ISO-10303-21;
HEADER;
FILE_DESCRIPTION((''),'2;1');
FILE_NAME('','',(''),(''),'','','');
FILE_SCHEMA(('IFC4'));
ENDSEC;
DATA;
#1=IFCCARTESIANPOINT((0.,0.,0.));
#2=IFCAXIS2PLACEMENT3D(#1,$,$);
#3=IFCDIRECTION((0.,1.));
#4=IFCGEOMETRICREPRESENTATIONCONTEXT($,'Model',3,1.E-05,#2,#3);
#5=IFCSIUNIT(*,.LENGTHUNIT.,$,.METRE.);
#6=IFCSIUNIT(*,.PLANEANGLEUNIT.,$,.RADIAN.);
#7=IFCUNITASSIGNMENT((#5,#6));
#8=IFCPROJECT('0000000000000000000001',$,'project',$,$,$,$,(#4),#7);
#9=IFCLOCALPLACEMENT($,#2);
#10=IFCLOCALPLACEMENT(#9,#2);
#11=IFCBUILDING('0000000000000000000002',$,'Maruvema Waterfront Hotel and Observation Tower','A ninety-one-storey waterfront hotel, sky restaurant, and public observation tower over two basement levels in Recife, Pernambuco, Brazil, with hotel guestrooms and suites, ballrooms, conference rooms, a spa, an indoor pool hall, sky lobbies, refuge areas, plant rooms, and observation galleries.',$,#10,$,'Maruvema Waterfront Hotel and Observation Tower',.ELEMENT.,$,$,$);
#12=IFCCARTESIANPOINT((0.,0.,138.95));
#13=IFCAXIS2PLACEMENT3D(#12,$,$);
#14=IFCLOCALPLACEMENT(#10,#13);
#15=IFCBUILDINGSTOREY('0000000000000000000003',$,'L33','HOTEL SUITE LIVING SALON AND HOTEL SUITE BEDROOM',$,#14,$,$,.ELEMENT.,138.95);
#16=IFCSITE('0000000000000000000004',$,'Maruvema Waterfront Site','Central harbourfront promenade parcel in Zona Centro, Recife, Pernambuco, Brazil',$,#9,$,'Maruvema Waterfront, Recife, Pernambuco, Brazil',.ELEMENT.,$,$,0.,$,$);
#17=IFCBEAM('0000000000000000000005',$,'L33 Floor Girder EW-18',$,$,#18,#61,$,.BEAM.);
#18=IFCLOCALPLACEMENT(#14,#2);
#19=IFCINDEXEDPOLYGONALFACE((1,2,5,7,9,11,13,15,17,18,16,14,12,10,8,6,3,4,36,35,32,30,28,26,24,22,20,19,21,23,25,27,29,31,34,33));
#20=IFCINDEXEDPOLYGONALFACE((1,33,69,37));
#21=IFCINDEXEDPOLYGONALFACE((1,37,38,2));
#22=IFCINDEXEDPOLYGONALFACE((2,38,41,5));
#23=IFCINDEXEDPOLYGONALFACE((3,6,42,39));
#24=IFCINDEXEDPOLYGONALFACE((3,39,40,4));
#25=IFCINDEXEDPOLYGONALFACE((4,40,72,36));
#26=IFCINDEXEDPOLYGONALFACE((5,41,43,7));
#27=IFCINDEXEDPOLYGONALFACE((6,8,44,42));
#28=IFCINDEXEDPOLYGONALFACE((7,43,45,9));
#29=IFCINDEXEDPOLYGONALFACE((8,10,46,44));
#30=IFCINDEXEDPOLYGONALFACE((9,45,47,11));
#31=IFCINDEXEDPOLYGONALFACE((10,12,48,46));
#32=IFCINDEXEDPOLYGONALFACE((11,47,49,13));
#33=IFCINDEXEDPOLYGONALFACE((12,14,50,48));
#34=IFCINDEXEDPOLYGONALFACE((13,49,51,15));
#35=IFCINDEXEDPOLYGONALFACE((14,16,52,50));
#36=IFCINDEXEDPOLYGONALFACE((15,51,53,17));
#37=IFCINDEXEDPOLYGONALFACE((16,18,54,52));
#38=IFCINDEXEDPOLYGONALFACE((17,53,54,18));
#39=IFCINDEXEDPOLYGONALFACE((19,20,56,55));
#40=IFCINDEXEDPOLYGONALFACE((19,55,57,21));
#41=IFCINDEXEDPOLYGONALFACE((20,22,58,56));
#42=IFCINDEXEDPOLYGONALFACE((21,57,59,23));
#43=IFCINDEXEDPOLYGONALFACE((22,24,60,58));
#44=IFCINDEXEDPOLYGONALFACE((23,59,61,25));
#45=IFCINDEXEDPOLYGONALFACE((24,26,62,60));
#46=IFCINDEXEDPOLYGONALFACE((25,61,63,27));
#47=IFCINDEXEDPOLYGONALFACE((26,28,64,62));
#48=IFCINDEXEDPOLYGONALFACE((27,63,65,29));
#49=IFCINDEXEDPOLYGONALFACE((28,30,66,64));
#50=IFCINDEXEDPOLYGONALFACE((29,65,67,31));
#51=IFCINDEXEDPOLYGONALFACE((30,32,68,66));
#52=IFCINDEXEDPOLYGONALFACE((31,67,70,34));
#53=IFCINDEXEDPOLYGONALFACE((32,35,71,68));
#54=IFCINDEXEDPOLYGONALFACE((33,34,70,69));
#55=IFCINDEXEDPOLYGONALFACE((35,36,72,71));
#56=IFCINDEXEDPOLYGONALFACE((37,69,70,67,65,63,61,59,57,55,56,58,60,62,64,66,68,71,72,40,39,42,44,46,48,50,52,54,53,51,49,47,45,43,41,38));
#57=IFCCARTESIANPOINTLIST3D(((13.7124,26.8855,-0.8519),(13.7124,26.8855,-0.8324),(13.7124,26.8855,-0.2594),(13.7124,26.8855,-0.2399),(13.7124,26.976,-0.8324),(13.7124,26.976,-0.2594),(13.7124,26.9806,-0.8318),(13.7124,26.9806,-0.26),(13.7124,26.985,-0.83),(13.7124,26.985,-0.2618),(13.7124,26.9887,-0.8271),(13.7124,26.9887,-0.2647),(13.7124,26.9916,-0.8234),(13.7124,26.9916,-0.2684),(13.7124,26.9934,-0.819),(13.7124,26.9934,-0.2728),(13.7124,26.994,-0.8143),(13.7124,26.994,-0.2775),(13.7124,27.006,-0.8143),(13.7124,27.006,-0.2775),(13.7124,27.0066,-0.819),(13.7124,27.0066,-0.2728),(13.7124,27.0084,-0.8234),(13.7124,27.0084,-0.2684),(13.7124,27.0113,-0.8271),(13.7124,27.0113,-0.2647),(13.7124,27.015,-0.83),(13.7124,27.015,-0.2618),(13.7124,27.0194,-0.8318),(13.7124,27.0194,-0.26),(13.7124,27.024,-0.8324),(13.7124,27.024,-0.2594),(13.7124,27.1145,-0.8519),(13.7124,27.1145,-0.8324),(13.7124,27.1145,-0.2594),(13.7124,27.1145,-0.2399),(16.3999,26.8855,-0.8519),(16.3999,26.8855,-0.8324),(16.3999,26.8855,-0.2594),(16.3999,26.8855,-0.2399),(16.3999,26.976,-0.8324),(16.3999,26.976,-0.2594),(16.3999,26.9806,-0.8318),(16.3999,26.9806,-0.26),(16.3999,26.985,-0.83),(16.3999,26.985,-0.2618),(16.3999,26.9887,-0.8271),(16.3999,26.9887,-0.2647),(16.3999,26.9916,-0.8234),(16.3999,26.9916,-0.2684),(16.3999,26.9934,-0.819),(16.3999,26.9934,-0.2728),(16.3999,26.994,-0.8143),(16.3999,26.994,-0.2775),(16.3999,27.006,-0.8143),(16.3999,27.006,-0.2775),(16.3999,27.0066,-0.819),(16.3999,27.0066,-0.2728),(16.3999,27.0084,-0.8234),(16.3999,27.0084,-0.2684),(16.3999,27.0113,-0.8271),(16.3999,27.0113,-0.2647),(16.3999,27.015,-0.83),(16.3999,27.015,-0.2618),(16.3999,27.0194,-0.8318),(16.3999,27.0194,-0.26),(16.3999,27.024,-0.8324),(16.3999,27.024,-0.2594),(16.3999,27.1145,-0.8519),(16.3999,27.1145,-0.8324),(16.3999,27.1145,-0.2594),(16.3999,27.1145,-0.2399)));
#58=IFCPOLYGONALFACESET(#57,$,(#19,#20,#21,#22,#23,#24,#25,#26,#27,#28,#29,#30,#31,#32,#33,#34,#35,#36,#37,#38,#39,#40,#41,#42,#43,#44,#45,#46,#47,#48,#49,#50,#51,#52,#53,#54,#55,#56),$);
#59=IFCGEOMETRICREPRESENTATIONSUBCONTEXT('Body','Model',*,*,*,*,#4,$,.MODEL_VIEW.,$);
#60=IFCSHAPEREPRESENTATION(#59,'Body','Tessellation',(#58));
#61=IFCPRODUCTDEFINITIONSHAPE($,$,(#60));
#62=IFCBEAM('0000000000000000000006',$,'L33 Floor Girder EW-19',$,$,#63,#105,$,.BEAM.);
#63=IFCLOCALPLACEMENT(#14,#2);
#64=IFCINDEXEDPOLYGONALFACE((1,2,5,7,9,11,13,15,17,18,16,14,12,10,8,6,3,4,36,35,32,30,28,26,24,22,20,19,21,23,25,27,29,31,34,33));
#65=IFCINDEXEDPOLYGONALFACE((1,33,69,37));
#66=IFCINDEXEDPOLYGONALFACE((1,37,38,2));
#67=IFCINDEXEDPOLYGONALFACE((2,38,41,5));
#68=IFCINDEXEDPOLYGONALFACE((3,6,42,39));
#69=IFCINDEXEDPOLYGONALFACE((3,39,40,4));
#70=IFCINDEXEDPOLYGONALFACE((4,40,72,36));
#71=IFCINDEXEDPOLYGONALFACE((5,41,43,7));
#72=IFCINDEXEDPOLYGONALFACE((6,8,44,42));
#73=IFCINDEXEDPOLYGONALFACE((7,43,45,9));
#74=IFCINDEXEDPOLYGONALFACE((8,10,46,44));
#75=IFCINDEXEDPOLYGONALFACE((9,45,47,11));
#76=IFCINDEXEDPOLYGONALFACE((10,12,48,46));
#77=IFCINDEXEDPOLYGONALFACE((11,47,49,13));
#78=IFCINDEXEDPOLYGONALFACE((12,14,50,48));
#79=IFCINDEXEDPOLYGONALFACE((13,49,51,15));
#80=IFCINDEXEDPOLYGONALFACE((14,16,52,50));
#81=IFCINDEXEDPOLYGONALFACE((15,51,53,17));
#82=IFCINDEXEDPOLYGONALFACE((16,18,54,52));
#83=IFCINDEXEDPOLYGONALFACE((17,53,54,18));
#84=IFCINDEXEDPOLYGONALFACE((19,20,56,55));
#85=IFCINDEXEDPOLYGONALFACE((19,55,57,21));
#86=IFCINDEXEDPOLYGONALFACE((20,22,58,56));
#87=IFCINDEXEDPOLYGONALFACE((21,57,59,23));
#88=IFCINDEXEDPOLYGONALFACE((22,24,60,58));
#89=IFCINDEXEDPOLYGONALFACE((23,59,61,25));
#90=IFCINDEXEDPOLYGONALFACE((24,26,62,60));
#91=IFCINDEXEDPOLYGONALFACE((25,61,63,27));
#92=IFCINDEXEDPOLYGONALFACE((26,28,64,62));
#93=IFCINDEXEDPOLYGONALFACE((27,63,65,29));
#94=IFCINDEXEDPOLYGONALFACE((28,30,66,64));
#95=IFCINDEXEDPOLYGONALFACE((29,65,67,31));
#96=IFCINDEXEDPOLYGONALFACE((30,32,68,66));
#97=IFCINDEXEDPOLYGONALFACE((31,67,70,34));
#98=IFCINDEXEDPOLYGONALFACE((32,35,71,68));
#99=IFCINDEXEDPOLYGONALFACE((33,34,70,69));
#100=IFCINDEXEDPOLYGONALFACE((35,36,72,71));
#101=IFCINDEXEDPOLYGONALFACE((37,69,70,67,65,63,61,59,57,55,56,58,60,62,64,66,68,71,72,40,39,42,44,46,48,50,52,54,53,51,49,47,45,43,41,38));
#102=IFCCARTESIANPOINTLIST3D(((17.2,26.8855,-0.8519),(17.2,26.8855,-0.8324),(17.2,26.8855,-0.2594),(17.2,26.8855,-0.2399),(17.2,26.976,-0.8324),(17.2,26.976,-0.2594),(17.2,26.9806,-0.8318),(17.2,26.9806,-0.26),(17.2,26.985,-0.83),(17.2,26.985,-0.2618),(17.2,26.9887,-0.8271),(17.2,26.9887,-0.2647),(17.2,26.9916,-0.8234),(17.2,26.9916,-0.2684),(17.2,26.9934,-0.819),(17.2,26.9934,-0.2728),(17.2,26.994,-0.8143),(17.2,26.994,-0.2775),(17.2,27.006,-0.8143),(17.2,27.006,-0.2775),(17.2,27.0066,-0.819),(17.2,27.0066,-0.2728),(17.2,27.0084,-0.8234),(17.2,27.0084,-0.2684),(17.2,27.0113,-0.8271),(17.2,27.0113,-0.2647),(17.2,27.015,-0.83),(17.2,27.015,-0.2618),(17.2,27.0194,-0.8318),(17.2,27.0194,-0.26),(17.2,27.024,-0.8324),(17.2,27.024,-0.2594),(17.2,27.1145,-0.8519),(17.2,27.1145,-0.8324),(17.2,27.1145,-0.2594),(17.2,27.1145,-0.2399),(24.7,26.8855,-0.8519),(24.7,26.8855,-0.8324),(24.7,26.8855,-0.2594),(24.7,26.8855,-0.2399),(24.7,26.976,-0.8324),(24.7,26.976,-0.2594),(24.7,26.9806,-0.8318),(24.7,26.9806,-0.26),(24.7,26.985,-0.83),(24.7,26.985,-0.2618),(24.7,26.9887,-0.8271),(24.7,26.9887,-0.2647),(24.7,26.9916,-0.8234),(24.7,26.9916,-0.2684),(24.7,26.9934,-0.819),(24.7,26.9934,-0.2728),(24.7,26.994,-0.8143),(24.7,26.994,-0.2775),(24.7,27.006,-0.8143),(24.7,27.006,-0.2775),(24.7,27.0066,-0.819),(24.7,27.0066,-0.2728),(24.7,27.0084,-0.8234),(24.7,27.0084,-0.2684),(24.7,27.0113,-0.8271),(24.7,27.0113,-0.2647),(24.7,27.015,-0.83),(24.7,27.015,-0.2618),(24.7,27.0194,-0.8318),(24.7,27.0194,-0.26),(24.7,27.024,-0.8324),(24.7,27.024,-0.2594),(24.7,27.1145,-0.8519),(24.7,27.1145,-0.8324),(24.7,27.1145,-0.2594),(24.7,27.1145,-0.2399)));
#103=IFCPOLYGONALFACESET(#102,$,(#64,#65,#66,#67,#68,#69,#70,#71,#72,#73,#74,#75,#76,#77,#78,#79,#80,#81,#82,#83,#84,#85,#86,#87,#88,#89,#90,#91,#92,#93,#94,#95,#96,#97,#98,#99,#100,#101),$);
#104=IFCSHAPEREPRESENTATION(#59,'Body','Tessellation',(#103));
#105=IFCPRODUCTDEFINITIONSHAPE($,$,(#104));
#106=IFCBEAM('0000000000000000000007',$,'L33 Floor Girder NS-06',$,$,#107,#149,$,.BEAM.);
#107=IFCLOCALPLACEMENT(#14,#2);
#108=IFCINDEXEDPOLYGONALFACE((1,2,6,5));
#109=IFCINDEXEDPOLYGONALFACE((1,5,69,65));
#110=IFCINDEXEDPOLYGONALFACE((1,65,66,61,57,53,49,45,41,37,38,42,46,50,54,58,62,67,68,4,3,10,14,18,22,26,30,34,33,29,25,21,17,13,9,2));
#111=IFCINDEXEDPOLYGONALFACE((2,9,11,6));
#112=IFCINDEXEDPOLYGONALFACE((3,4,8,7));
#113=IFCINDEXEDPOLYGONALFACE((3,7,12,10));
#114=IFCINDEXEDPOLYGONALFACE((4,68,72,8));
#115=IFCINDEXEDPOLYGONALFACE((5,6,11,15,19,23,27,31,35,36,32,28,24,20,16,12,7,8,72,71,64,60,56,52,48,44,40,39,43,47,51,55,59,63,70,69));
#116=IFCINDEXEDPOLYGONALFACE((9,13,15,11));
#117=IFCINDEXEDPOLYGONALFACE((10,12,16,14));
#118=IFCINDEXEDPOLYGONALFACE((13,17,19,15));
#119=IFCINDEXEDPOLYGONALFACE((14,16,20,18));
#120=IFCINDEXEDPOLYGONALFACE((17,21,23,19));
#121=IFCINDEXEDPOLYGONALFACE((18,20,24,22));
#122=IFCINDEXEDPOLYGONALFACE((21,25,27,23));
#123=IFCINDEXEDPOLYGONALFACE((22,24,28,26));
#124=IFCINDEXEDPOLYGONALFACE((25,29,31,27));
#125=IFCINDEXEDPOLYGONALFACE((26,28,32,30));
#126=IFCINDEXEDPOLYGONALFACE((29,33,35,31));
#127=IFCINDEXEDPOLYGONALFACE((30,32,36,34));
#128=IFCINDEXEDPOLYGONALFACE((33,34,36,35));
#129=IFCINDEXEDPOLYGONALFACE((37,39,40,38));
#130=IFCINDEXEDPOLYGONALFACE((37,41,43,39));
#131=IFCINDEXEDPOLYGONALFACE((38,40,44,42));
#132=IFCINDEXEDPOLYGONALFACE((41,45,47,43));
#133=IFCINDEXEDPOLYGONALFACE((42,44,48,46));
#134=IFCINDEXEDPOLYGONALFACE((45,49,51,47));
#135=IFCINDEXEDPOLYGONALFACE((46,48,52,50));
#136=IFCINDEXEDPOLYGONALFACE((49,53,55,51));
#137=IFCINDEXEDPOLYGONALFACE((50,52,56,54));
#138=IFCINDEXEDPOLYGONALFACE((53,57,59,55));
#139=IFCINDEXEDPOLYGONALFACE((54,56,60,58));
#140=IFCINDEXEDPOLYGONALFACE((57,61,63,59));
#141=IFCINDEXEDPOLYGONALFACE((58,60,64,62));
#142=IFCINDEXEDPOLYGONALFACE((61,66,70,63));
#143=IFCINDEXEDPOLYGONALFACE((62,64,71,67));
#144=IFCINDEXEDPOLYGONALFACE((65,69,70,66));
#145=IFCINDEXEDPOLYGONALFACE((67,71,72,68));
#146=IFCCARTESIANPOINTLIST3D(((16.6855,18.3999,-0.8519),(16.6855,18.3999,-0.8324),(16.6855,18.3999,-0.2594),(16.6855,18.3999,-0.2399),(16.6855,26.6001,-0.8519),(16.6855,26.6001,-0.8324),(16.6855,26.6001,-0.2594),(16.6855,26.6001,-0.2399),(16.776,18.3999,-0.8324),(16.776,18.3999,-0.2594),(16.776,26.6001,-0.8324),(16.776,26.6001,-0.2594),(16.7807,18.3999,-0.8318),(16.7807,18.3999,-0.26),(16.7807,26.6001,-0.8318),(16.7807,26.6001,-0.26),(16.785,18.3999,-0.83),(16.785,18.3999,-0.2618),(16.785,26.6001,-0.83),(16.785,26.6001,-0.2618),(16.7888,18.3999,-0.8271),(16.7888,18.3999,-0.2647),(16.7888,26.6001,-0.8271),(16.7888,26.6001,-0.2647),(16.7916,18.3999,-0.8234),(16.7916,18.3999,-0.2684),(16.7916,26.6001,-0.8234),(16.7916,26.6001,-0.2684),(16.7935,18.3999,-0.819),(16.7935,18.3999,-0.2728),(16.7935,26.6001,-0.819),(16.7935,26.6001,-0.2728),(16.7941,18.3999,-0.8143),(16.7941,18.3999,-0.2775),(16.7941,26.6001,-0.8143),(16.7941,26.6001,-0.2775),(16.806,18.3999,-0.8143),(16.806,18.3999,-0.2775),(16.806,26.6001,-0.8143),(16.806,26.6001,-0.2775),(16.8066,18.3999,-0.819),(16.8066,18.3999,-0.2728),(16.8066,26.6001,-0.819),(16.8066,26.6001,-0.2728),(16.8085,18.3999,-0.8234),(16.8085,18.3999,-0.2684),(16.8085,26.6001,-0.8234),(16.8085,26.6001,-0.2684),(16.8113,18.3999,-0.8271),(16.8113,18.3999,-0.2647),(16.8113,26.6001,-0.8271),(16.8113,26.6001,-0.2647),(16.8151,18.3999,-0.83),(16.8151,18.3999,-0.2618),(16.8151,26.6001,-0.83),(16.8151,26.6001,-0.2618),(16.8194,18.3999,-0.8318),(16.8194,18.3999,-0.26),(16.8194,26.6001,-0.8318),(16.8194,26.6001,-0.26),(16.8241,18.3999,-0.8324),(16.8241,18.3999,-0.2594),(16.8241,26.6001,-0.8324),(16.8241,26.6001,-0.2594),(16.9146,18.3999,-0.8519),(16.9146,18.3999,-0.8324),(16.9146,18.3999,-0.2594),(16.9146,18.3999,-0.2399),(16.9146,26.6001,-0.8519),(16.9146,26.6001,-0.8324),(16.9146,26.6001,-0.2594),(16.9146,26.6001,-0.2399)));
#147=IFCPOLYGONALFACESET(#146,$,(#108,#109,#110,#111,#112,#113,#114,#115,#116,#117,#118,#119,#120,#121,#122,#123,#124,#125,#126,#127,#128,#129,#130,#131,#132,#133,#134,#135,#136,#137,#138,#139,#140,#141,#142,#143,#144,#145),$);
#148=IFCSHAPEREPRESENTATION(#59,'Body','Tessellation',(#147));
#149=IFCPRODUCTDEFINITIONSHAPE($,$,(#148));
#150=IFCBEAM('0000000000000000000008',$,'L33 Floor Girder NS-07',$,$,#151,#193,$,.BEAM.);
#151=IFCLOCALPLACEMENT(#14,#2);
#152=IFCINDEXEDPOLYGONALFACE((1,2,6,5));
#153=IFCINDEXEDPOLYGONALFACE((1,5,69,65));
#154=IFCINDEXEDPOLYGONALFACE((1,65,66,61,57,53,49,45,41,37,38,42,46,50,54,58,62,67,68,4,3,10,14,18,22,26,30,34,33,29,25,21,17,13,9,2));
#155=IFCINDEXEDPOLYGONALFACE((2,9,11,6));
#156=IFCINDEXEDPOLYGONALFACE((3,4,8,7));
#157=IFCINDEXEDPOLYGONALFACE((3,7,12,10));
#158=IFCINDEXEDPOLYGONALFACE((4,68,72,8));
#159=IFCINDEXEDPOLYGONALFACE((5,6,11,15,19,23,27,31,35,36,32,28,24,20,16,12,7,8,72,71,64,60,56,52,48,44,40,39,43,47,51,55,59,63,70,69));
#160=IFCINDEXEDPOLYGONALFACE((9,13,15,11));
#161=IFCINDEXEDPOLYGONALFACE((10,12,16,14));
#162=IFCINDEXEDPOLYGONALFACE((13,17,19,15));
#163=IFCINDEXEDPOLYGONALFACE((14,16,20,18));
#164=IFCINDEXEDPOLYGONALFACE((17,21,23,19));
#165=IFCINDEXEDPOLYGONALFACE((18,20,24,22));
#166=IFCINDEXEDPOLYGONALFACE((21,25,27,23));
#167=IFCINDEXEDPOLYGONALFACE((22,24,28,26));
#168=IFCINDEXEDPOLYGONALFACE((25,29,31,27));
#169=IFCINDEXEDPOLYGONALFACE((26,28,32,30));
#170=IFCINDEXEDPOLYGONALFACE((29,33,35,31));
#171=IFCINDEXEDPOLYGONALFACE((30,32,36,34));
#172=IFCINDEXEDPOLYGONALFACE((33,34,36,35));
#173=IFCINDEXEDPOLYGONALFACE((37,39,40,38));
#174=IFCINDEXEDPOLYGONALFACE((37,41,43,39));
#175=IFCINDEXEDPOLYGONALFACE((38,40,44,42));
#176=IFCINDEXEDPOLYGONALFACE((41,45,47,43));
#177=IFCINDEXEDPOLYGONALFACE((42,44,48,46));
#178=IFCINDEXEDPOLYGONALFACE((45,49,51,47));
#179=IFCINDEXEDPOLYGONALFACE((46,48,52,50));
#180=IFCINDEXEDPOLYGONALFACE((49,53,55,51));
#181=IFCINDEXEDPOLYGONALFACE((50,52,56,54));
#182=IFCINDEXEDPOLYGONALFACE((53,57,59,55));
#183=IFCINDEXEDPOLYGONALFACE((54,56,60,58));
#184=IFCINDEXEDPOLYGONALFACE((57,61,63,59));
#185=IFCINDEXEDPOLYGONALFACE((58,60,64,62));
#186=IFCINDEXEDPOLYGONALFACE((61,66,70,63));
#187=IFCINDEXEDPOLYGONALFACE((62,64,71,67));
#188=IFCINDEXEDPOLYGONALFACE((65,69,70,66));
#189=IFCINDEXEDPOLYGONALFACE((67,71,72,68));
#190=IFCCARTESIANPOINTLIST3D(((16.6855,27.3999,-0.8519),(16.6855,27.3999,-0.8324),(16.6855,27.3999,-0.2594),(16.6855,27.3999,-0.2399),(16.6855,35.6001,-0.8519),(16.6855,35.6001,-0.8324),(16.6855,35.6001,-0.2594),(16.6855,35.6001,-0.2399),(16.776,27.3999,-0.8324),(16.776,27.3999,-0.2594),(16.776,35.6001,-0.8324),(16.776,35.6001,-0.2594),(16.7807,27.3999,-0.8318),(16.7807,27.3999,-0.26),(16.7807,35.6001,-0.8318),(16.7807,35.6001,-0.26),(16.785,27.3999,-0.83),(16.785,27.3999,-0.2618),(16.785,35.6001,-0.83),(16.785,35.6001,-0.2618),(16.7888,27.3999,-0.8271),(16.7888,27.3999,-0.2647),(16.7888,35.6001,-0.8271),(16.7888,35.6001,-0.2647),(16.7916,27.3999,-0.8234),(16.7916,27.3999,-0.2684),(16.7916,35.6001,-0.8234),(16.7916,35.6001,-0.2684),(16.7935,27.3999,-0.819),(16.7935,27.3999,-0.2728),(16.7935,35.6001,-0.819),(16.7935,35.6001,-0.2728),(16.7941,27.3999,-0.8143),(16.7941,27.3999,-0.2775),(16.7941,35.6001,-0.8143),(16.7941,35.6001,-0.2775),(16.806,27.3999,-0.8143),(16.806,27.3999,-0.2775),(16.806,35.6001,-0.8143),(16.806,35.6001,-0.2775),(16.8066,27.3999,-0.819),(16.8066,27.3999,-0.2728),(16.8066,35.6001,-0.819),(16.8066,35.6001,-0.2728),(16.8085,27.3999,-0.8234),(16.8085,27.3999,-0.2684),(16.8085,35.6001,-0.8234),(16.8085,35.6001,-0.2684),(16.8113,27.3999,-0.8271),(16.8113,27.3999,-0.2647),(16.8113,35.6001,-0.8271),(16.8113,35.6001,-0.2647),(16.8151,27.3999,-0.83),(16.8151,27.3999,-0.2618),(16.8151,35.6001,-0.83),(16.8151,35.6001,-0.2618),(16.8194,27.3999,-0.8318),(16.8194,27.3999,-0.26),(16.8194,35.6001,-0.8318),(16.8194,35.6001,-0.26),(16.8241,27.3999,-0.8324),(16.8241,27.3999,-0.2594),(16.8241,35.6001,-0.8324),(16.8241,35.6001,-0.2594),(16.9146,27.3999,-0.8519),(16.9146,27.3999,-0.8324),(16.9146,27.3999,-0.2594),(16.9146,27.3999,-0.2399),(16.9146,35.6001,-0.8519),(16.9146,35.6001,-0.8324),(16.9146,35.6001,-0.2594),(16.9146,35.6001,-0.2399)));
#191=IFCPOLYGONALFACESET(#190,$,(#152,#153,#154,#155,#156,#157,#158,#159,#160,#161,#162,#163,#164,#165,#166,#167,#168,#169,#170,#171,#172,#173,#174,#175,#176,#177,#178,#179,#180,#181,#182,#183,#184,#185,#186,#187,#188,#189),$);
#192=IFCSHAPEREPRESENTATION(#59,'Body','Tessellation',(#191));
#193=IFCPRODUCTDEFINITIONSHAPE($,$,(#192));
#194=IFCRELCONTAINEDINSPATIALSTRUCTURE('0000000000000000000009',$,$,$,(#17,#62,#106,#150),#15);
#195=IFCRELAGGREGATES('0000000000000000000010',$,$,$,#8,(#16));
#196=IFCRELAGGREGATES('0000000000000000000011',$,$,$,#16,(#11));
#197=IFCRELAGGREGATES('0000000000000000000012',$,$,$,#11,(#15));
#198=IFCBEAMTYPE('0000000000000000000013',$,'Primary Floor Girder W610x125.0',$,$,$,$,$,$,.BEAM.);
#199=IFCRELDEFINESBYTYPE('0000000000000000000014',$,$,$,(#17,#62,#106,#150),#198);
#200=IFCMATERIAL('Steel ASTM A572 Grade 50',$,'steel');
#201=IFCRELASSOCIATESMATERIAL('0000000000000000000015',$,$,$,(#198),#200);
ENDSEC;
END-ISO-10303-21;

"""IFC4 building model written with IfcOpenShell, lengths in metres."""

from ifc_helpers import new_model, si_unit, direction, frame, origin, origin_2d, place, context, subcontext, project, spatial, i_section, extrude, material, material_profile, profile_set, type_object, element, save


model = new_model("IFC4")

# Units and contexts
model_context = context("Model", 3, precision=1e-05, world=origin(), true_north=direction((0.0, 1.0)))
body_context = subcontext(model_context, "Body", "Model", "MODEL_VIEW")
ifc_project = project(units=[si_unit("LENGTHUNIT", "METRE"), si_unit("PLANEANGLEUNIT", "RADIAN")], contexts=[model_context])

# Site, building, storey
site_placement = place(None, origin())
site = spatial("IfcSite", under=ifc_project, at=site_placement, Name="Maruvema Waterfront Site", Description="Central harbourfront promenade parcel in Zona Centro, Recife, Pernambuco, Brazil", LongName="Maruvema Waterfront, Recife, Pernambuco, Brazil", CompositionType="ELEMENT", RefElevation=0.0)
building_placement = place(site_placement, origin())
building = spatial("IfcBuilding", under=site, at=building_placement, Name="Maruvema Waterfront Hotel and Observation Tower", Description="A ninety-one-storey waterfront hotel, sky restaurant, and public observation tower over two basement levels in Recife, Pernambuco, Brazil, with hotel guestrooms and suites, ballrooms, conference rooms, a spa, an indoor pool hall, sky lobbies, refuge areas, plant rooms, and observation galleries.", LongName="Maruvema Waterfront Hotel and Observation Tower", CompositionType="ELEMENT")
storey_placement = place(building_placement, frame((0.0, 0.0, 138.95)))
storey = spatial("IfcBuildingStorey", under=building, at=storey_placement, Name="L33", Description="HOTEL SUITE LIVING SALON AND HOTEL SUITE BEDROOM", CompositionType="ELEMENT", Elevation=138.95)

# Beams
ifc_material_1 = material(Name="Steel ASTM A572 Grade 50", Category="steel")
ifc_material_profile_1 = material_profile(ifc_material_1, i_section(OverallWidth=0.229, OverallDepth=0.6121, WebThickness=0.012, FlangeThickness=0.0195, FilletRadius=0.0181, at=origin_2d()), Name="W610x125.0")
ifc_profile_set_1 = profile_set([ifc_material_profile_1], Name="Steel ASTM A572 Grade 50")
beam_type_1 = type_object("IfcBeamType", Name="Primary Floor Girder W610x125.0", PredefinedType="BEAM", material=ifc_profile_set_1)
beam_1_placement = place(storey_placement, frame((13.7124, 27.0, -0.5459), z_axis=(1.0, 0.0, 0.0), x_axis=(0.0, 1.0, 0.0)))
element("IfcBeam", 1, at=beam_1_placement, inside=storey, type_object=beam_type_1, Name="L33 Floor Girder EW-18", PredefinedType="BEAM", context=body_context, shape_type="SweptSolid", body=[
    extrude(i_section(OverallWidth=0.229, OverallDepth=0.6121, WebThickness=0.012, FlangeThickness=0.0195, FilletRadius=0.0181, at=origin_2d()), origin(), (0.0, 0.0, 1.0), 2.6875),
])
beam_2_placement = place(storey_placement, frame((17.2, 27.0, -0.5459), z_axis=(1.0, 0.0, 0.0), x_axis=(0.0, 1.0, 0.0)))
element("IfcBeam", 2, at=beam_2_placement, inside=storey, type_object=beam_type_1, Name="L33 Floor Girder EW-19", PredefinedType="BEAM", context=body_context, shape_type="SweptSolid", body=[
    extrude(i_section(OverallWidth=0.229, OverallDepth=0.6121, WebThickness=0.012, FlangeThickness=0.0195, FilletRadius=0.0181, at=origin_2d()), origin(), (0.0, 0.0, 1.0), 7.5),
])
for number, where, z_axis, x_axis, name in (
    (3, (16.8, 18.3999, -0.5459), (0.0, 1.0, 0.0), (-1.0, 0.0, 0.0), "L33 Floor Girder NS-06"),
    (4, (16.8, 27.3999, -0.5459), (0.0, 1.0, 0.0), (-1.0, 0.0, 0.0), "L33 Floor Girder NS-07"),
):
    element("IfcBeam", number, at=place(storey_placement, frame(where, z_axis=z_axis, x_axis=x_axis)), inside=storey, type_object=beam_type_1, Name=name, PredefinedType="BEAM", context=body_context, shape_type="SweptSolid", body=[
        extrude(i_section(OverallWidth=0.229, OverallDepth=0.6121, WebThickness=0.012, FlangeThickness=0.0195, FilletRadius=0.0181, at=origin_2d()), origin(), (0.0, 0.0, 1.0), 8.2002),
    ])

save(model, "model.ifc")
